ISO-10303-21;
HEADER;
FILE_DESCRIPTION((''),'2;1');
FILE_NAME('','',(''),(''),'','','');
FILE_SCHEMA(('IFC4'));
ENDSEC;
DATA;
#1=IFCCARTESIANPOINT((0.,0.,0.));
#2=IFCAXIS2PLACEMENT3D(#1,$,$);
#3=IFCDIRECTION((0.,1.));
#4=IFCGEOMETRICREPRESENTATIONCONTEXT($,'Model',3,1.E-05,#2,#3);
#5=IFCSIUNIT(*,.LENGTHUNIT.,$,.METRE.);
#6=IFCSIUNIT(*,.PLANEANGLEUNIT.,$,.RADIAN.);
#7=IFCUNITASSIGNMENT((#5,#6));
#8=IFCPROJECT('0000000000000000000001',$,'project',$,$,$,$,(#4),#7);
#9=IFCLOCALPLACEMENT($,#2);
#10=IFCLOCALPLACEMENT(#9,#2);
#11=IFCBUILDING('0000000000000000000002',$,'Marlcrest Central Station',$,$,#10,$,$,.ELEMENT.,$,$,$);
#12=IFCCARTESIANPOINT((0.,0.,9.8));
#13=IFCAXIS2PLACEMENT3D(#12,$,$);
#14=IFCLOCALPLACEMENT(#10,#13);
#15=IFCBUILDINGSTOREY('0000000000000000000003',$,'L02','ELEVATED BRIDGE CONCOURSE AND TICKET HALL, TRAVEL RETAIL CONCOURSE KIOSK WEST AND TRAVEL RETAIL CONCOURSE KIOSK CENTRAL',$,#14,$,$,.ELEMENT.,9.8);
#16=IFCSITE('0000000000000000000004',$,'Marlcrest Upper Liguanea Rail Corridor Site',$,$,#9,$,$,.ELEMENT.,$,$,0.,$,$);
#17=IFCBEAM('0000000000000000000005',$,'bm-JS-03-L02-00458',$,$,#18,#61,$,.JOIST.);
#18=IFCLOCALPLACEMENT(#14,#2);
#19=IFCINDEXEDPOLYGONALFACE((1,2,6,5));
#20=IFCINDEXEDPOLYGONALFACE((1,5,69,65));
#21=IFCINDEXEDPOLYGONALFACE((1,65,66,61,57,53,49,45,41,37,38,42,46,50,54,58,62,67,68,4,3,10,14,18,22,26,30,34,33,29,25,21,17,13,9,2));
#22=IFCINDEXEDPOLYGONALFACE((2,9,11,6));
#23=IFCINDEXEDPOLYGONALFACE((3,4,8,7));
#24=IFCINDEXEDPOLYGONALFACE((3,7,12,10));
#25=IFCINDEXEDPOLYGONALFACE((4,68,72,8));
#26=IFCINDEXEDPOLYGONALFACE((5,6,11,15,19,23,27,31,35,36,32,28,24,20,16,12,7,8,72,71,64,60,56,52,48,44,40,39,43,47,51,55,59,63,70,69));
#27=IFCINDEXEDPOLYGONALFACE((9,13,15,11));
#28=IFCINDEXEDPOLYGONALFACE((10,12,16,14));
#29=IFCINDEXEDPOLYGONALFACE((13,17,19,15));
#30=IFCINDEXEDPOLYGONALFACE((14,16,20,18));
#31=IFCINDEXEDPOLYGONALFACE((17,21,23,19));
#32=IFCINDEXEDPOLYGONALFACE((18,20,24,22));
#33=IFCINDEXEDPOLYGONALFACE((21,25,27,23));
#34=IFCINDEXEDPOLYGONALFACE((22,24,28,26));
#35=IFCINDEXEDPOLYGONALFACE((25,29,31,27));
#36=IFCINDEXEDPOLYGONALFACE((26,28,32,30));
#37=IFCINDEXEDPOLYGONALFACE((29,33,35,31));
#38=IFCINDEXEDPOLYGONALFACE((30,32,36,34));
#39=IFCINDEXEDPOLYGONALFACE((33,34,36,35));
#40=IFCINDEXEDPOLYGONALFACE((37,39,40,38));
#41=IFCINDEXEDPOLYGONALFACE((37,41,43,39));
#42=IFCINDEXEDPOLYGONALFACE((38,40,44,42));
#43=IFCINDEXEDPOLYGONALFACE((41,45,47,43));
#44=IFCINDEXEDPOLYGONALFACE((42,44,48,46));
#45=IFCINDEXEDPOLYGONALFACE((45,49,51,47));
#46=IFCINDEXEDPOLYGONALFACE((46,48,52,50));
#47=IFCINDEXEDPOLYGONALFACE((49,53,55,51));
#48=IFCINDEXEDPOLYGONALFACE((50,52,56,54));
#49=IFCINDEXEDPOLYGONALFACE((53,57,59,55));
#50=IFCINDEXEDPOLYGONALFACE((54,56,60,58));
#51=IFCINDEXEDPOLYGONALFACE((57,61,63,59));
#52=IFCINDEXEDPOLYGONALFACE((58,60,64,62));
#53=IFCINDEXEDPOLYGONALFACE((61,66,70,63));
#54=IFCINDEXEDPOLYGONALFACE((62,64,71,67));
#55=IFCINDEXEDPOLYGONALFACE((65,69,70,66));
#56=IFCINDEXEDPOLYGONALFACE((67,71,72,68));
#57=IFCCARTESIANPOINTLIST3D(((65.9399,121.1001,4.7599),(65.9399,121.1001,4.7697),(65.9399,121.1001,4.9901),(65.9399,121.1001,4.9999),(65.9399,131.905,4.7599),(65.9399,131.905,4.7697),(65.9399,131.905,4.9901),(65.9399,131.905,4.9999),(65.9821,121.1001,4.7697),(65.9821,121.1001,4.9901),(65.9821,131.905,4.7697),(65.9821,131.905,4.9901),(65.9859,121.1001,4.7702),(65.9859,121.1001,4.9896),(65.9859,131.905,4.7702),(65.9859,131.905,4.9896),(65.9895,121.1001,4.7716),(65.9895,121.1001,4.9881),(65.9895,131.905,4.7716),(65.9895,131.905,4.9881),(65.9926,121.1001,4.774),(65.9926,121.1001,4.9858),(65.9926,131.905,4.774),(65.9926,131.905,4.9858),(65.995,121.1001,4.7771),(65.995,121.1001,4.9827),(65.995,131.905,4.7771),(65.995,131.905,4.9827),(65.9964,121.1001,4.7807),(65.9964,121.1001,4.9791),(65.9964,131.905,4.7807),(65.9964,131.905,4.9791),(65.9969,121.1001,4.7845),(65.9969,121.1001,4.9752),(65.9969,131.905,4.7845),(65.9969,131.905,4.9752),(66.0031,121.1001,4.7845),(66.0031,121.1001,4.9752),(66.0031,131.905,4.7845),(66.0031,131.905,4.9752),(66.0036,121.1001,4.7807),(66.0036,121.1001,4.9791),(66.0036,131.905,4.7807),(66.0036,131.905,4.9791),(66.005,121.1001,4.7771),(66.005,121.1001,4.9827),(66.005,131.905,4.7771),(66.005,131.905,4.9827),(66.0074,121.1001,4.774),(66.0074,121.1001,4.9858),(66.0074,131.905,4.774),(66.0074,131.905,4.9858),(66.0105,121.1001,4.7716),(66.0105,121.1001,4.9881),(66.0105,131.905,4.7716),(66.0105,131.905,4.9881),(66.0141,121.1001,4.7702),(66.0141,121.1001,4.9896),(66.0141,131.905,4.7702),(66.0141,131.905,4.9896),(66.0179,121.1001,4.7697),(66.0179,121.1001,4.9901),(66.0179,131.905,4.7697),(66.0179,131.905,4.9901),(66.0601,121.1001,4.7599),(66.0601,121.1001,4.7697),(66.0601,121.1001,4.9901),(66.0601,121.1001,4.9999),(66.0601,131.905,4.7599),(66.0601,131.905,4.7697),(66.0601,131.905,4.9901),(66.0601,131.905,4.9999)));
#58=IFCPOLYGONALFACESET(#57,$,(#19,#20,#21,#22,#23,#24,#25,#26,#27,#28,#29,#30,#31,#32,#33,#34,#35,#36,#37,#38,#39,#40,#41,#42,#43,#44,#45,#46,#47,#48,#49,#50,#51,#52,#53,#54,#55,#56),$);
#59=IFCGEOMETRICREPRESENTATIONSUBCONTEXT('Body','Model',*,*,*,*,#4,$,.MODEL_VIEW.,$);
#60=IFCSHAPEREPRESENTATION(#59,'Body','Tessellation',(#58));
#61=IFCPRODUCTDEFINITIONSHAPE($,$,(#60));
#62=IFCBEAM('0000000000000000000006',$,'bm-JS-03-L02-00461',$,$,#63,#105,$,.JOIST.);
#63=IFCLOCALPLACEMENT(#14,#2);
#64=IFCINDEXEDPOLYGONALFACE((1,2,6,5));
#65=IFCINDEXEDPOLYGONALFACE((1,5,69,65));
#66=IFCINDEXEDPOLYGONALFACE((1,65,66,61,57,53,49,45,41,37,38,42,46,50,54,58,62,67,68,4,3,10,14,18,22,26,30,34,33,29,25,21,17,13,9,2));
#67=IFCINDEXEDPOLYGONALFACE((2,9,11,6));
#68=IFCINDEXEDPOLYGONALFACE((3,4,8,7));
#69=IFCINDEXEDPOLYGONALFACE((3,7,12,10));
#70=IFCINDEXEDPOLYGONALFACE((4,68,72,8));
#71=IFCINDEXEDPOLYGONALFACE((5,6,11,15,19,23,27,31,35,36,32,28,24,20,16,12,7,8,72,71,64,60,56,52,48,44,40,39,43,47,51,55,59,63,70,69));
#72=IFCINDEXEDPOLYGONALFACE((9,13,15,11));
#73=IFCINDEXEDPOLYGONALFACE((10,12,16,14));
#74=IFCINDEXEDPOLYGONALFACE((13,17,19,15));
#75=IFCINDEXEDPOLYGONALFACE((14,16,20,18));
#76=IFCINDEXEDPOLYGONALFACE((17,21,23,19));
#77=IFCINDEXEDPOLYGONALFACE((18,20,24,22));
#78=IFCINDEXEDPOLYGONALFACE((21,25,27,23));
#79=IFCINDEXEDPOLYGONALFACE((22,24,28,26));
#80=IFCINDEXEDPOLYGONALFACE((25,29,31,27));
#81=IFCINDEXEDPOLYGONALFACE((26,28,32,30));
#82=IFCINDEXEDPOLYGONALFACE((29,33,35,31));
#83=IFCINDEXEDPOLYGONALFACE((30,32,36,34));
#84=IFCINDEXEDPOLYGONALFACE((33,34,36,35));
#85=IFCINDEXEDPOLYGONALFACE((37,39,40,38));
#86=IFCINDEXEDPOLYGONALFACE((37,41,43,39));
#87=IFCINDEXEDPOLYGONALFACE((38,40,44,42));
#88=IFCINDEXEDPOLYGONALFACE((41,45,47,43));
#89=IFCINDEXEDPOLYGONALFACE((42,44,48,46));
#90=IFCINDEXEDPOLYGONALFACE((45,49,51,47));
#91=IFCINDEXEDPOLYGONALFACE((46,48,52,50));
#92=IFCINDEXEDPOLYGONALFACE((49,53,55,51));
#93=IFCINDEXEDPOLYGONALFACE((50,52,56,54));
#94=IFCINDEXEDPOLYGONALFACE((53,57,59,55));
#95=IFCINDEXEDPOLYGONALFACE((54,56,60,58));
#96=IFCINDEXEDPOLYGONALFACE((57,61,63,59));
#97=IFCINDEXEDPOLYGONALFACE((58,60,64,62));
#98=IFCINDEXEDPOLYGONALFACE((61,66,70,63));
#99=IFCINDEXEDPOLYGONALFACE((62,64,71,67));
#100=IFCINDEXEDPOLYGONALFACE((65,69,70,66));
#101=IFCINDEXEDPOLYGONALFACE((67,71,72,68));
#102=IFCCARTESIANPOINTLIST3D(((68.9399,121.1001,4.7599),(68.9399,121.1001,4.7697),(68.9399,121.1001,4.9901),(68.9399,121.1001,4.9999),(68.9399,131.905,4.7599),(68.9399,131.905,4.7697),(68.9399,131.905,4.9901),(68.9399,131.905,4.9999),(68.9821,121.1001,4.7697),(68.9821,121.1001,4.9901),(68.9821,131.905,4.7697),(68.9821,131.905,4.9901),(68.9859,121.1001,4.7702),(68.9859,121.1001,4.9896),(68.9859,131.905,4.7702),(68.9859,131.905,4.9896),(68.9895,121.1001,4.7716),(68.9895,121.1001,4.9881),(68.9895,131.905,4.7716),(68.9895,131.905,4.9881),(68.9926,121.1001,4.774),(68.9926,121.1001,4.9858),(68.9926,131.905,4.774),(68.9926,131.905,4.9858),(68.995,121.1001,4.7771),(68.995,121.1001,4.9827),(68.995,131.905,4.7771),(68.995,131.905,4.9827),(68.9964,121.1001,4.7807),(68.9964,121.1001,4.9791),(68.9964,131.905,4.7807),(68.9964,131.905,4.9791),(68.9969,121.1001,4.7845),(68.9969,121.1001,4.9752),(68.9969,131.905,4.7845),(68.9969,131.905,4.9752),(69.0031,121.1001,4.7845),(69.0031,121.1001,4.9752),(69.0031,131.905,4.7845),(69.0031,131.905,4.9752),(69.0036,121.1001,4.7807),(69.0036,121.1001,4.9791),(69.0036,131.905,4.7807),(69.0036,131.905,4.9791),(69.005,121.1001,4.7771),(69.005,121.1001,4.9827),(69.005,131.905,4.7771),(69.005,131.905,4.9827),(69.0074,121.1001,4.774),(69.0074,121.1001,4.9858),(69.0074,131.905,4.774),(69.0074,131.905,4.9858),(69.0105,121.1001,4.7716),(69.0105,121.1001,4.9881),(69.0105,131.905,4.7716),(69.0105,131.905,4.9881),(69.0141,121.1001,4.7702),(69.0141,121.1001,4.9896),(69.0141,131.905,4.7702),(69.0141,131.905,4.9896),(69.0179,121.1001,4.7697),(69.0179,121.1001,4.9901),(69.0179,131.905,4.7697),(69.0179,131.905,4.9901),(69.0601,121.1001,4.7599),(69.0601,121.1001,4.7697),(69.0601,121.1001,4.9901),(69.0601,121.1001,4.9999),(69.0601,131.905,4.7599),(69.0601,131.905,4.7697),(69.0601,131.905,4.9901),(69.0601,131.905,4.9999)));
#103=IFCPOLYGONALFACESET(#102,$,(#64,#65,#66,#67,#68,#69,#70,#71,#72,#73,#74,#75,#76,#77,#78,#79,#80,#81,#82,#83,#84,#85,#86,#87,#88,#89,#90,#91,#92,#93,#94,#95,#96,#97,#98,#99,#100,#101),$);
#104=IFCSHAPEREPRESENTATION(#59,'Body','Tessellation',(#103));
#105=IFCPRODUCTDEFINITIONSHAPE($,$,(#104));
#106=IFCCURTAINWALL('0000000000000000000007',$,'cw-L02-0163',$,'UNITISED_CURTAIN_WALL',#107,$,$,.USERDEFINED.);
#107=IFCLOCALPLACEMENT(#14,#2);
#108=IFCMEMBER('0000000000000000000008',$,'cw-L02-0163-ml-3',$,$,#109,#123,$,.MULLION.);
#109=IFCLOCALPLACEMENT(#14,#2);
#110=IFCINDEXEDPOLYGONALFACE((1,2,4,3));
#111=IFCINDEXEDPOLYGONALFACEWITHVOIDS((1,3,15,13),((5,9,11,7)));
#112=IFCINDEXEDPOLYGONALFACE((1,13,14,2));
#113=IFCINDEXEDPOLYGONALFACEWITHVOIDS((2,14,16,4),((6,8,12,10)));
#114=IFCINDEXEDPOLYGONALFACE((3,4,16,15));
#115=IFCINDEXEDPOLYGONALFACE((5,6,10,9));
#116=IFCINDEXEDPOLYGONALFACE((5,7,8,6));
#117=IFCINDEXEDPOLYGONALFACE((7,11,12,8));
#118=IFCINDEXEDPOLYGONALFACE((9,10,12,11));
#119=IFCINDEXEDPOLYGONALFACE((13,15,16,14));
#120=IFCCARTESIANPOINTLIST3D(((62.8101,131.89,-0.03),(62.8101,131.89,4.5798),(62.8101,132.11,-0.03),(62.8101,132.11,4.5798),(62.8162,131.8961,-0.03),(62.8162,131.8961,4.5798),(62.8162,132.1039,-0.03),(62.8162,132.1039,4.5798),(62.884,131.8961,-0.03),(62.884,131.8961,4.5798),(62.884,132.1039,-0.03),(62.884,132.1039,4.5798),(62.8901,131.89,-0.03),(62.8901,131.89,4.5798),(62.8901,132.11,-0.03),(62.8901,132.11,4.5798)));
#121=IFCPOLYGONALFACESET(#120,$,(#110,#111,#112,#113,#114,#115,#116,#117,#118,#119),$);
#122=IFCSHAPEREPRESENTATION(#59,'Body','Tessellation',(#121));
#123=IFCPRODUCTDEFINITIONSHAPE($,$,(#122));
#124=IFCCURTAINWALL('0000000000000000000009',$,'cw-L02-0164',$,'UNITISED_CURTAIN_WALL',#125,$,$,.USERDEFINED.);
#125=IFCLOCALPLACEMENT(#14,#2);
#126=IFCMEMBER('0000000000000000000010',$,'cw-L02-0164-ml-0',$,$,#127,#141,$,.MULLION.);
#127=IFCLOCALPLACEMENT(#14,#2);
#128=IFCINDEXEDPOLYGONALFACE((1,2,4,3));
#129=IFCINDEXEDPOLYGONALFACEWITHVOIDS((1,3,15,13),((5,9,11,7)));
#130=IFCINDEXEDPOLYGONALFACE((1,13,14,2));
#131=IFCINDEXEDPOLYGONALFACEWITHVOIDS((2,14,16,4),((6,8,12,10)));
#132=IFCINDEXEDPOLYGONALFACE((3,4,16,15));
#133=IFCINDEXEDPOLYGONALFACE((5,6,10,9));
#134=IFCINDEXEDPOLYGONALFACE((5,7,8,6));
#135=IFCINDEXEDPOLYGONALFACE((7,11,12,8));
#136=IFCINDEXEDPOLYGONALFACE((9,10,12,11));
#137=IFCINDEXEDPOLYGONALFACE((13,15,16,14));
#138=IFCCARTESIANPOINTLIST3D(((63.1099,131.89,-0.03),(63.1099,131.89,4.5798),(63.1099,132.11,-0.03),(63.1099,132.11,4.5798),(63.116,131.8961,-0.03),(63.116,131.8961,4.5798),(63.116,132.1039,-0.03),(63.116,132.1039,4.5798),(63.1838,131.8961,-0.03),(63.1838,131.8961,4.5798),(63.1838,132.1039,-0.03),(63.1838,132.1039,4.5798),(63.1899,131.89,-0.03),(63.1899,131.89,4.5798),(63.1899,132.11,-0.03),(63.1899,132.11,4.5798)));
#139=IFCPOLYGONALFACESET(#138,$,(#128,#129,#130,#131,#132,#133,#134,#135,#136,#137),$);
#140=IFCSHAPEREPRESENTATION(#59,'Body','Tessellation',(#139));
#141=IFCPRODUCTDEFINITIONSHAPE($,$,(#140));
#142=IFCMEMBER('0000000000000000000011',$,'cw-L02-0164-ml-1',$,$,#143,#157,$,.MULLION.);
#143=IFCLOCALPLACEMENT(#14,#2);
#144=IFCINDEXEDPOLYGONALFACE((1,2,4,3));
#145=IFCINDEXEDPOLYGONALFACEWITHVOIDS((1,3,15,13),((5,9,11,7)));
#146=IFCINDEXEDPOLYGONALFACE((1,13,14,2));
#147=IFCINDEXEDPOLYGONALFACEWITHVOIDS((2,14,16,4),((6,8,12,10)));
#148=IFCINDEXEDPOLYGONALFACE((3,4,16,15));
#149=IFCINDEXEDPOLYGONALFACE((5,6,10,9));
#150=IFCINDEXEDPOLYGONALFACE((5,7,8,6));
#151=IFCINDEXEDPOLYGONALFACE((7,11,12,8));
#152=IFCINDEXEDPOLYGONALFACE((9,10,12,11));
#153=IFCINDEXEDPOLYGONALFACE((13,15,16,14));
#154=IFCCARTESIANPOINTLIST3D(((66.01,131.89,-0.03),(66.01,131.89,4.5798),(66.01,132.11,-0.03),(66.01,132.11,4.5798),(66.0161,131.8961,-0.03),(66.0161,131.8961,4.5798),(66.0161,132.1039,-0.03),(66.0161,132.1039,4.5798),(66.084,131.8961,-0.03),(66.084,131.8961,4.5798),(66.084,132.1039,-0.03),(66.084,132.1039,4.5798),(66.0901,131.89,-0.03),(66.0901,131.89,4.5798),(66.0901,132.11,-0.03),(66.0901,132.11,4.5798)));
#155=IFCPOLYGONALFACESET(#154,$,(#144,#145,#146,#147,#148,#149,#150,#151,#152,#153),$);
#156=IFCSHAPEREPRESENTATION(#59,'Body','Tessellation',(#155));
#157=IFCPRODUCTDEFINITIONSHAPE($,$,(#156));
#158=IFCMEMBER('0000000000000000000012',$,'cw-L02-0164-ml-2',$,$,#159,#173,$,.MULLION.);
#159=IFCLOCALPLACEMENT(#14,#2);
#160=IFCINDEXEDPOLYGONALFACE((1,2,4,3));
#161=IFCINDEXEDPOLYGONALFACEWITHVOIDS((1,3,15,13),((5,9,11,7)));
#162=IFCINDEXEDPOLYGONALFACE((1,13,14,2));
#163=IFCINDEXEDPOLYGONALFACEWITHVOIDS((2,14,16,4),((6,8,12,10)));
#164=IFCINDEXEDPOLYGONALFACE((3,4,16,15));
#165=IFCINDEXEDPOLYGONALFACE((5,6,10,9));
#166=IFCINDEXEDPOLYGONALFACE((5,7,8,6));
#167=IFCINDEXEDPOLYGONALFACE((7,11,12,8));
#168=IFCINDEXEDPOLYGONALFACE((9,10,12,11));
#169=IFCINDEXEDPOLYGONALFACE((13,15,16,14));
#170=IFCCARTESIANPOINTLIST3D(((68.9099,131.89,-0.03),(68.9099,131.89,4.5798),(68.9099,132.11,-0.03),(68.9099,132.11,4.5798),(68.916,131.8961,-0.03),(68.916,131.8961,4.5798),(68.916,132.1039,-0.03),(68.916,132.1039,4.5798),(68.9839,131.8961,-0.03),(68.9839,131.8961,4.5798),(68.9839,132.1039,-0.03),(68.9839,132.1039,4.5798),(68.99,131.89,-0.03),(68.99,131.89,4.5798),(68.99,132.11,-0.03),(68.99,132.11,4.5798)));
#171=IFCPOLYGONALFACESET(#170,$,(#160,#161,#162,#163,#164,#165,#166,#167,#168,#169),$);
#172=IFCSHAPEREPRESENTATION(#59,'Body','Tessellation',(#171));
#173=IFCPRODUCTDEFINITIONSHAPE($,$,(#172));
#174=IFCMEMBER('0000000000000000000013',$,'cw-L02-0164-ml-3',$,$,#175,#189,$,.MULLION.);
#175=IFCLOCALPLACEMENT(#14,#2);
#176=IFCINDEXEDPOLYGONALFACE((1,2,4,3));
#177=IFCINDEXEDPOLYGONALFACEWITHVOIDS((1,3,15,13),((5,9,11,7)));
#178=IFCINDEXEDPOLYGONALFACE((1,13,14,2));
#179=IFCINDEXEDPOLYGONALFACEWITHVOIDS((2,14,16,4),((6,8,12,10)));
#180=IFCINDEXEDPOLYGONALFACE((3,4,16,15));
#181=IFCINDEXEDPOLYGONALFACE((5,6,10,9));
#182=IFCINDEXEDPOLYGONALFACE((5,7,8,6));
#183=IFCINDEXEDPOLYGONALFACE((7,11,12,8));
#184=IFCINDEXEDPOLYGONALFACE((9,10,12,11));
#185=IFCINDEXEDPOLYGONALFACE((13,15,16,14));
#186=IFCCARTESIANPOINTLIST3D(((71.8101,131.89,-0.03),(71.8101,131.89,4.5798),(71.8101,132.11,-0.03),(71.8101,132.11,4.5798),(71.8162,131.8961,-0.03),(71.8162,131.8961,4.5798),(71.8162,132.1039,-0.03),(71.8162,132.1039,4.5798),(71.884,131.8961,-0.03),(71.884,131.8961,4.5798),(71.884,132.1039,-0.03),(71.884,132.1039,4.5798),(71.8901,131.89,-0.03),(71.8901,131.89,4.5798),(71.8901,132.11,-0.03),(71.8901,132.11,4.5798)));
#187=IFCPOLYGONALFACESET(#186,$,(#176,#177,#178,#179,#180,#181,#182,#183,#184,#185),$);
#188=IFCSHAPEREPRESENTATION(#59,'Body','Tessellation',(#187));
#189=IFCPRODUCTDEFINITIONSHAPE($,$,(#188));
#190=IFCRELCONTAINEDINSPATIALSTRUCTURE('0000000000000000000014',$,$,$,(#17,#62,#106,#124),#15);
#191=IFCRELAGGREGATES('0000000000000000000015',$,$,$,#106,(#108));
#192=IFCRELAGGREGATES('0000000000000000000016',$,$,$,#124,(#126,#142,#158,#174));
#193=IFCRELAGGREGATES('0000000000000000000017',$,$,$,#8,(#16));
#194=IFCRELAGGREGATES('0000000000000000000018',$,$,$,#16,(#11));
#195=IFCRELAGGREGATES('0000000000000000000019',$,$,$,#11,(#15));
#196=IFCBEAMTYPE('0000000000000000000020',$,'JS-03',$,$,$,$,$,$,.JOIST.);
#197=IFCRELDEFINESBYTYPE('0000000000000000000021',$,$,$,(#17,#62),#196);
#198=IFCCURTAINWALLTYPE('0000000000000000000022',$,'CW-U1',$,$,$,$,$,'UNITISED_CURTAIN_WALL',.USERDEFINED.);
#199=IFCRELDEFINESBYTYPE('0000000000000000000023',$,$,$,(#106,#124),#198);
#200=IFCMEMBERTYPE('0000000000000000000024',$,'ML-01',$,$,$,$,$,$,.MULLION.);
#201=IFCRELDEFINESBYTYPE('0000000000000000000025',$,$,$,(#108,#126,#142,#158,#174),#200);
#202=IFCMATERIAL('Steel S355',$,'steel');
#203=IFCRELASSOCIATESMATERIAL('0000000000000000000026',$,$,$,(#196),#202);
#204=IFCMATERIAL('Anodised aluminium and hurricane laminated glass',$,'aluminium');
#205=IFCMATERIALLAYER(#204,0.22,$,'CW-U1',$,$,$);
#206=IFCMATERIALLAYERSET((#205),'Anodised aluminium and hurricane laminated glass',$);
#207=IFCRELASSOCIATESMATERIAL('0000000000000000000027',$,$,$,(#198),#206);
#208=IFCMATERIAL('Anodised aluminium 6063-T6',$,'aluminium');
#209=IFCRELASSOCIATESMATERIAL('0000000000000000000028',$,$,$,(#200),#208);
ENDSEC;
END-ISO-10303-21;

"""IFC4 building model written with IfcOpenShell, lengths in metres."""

from ifc_helpers import new_model, si_unit, direction, frame, origin, origin_2d, place, context, subcontext, project, spatial, hollow_rectangle, i_section, extrude, material, layer, layer_set, material_profile, profile_set, type_object, element, aggregate, save


model = new_model("IFC4")

# Units and contexts
model_context = context("Model", 3, precision=1e-05, world=origin(), true_north=direction((0.0, 1.0)))
body_context = subcontext(model_context, "Body", "Model", "MODEL_VIEW")
ifc_project = project(units=[si_unit("LENGTHUNIT", "METRE"), si_unit("PLANEANGLEUNIT", "RADIAN")], contexts=[model_context])

# Site, building, storey
site_placement = place(None, origin())
site = spatial("IfcSite", under=ifc_project, at=site_placement, Name="Marlcrest Upper Liguanea Rail Corridor Site", CompositionType="ELEMENT", RefElevation=0.0)
building_placement = place(site_placement, origin())
building = spatial("IfcBuilding", under=site, at=building_placement, Name="Marlcrest Central Station", CompositionType="ELEMENT")
storey_placement = place(building_placement, frame((0.0, 0.0, 9.8)))
storey = spatial("IfcBuildingStorey", under=building, at=storey_placement, Name="L02", Description="ELEVATED BRIDGE CONCOURSE AND TICKET HALL, TRAVEL RETAIL CONCOURSE KIOSK WEST AND TRAVEL RETAIL CONCOURSE KIOSK CENTRAL", CompositionType="ELEMENT", Elevation=9.8)

# Shared definitions
ifc_material_1 = material(Name="Steel S355", Category="steel")

# Beams
ifc_material_profile_1 = material_profile(ifc_material_1, i_section(OverallWidth=0.1201, OverallDepth=0.24, WebThickness=0.0061, FlangeThickness=0.0098, FilletRadius=0.0149, at=origin_2d()), Name="IPE 240")
ifc_profile_set_1 = profile_set([ifc_material_profile_1], Name="Steel S355")
beam_type_1 = type_object("IfcBeamType", Name="JS-03", PredefinedType="JOIST", material=ifc_profile_set_1)
for number, where, z_axis, x_axis, name in (
    (1, (66.0, 121.1001, 4.8799), (0.0, 1.0, 0.0), (-1.0, 0.0, 0.0), "bm-JS-03-L02-00458"),
    (2, (69.0, 121.1001, 4.8799), (0.0, 1.0, 0.0), (-1.0, 0.0, 0.0), "bm-JS-03-L02-00461"),
):
    element("IfcBeam", number, at=place(storey_placement, frame(where, z_axis=z_axis, x_axis=x_axis)), inside=storey, type_object=beam_type_1, Name=name, PredefinedType="JOIST", context=body_context, shape_type="SweptSolid", body=[
        extrude(i_section(OverallWidth=0.1201, OverallDepth=0.24, WebThickness=0.0061, FlangeThickness=0.0098, FilletRadius=0.0149, at=origin_2d()), origin(), (0.0, 0.0, 1.0), 10.8049),
    ])

# Curtain wall, member
ifc_material_2 = material(Name="Anodised aluminium and hurricane laminated glass", Category="aluminium")
ifc_layer_1 = layer(ifc_material_2, 0.22, Name="CW-U1")
ifc_layer_set_1 = layer_set([ifc_layer_1], Name="Anodised aluminium and hurricane laminated glass")
curtain_wall_type = type_object("IfcCurtainWallType", Name="CW-U1", ElementType="UNITISED_CURTAIN_WALL", PredefinedType="USERDEFINED", material=ifc_layer_set_1)
curtain_wall_1_placement = place(storey_placement, origin())
curtain_wall_1 = element("IfcCurtainWall", 3, at=curtain_wall_1_placement, inside=storey, type_object=curtain_wall_type, Name="cw-L02-0163", ObjectType="UNITISED_CURTAIN_WALL", PredefinedType="USERDEFINED")
ifc_material_3 = material(Name="Anodised aluminium 6063-T6", Category="aluminium")
ifc_material_profile_2 = material_profile(ifc_material_3, hollow_rectangle(XDim=0.0801, YDim=0.22, WallThickness=0.0061, at=origin_2d()), Name="AA-RHS 220x80x6")
ifc_profile_set_2 = profile_set([ifc_material_profile_2], Name="Anodised aluminium 6063-T6")
member_type_1 = type_object("IfcMemberType", Name="ML-01", PredefinedType="MULLION", material=ifc_profile_set_2)
member_1_placement = place(storey_placement, frame((62.8501, 132.0, -0.03), z_axis=(0.0, 0.0, 1.0), x_axis=(1.0, 0.0, 0.0)))
member_1 = element("IfcMember", 4, at=member_1_placement, type_object=member_type_1, Name="cw-L02-0163-ml-3", PredefinedType="MULLION", context=body_context, shape_type="SweptSolid", body=[
    extrude(hollow_rectangle(XDim=0.0801, YDim=0.22, WallThickness=0.0061, at=origin_2d()), origin(), (0.0, 0.0, 1.0), 4.6099),
])

# Curtain wall, members
curtain_wall_2_placement = place(storey_placement, origin())
curtain_wall_2 = element("IfcCurtainWall", 5, at=curtain_wall_2_placement, inside=storey, type_object=curtain_wall_type, Name="cw-L02-0164", ObjectType="UNITISED_CURTAIN_WALL", PredefinedType="USERDEFINED")
member_2_placement = place(storey_placement, frame((63.1499, 132.0, -0.03), z_axis=(0.0, 0.0, 1.0), x_axis=(1.0, 0.0, 0.0)))
member_2 = element("IfcMember", 6, at=member_2_placement, type_object=member_type_1, Name="cw-L02-0164-ml-0", PredefinedType="MULLION", context=body_context, shape_type="SweptSolid", body=[
    extrude(hollow_rectangle(XDim=0.0801, YDim=0.22, WallThickness=0.0061, at=origin_2d()), origin(), (0.0, 0.0, 1.0), 4.6099),
])
member_3_placement = place(storey_placement, frame((66.05, 132.0, -0.03), z_axis=(0.0, 0.0, 1.0), x_axis=(1.0, 0.0, 0.0)))
member_3 = element("IfcMember", 7, at=member_3_placement, type_object=member_type_1, Name="cw-L02-0164-ml-1", PredefinedType="MULLION", context=body_context, shape_type="SweptSolid", body=[
    extrude(hollow_rectangle(XDim=0.0801, YDim=0.22, WallThickness=0.0061, at=origin_2d()), origin(), (0.0, 0.0, 1.0), 4.6099),
])
member_4_placement = place(storey_placement, frame((68.95, 132.0, -0.03), z_axis=(0.0, 0.0, 1.0), x_axis=(1.0, 0.0, 0.0)))
member_4 = element("IfcMember", 8, at=member_4_placement, type_object=member_type_1, Name="cw-L02-0164-ml-2", PredefinedType="MULLION", context=body_context, shape_type="SweptSolid", body=[
    extrude(hollow_rectangle(XDim=0.0801, YDim=0.22, WallThickness=0.0061, at=origin_2d()), origin(), (0.0, 0.0, 1.0), 4.6099),
])
member_5_placement = place(storey_placement, frame((71.8501, 132.0, -0.03), z_axis=(0.0, 0.0, 1.0), x_axis=(1.0, 0.0, 0.0)))
member_5 = element("IfcMember", 9, at=member_5_placement, type_object=member_type_1, Name="cw-L02-0164-ml-3", PredefinedType="MULLION", context=body_context, shape_type="SweptSolid", body=[
    extrude(hollow_rectangle(XDim=0.0801, YDim=0.22, WallThickness=0.0061, at=origin_2d()), origin(), (0.0, 0.0, 1.0), 4.6099),
])

aggregate(curtain_wall_1, [member_1])
aggregate(curtain_wall_2, [member_2, member_3, member_4, member_5])

save(model, "model.ifc")
